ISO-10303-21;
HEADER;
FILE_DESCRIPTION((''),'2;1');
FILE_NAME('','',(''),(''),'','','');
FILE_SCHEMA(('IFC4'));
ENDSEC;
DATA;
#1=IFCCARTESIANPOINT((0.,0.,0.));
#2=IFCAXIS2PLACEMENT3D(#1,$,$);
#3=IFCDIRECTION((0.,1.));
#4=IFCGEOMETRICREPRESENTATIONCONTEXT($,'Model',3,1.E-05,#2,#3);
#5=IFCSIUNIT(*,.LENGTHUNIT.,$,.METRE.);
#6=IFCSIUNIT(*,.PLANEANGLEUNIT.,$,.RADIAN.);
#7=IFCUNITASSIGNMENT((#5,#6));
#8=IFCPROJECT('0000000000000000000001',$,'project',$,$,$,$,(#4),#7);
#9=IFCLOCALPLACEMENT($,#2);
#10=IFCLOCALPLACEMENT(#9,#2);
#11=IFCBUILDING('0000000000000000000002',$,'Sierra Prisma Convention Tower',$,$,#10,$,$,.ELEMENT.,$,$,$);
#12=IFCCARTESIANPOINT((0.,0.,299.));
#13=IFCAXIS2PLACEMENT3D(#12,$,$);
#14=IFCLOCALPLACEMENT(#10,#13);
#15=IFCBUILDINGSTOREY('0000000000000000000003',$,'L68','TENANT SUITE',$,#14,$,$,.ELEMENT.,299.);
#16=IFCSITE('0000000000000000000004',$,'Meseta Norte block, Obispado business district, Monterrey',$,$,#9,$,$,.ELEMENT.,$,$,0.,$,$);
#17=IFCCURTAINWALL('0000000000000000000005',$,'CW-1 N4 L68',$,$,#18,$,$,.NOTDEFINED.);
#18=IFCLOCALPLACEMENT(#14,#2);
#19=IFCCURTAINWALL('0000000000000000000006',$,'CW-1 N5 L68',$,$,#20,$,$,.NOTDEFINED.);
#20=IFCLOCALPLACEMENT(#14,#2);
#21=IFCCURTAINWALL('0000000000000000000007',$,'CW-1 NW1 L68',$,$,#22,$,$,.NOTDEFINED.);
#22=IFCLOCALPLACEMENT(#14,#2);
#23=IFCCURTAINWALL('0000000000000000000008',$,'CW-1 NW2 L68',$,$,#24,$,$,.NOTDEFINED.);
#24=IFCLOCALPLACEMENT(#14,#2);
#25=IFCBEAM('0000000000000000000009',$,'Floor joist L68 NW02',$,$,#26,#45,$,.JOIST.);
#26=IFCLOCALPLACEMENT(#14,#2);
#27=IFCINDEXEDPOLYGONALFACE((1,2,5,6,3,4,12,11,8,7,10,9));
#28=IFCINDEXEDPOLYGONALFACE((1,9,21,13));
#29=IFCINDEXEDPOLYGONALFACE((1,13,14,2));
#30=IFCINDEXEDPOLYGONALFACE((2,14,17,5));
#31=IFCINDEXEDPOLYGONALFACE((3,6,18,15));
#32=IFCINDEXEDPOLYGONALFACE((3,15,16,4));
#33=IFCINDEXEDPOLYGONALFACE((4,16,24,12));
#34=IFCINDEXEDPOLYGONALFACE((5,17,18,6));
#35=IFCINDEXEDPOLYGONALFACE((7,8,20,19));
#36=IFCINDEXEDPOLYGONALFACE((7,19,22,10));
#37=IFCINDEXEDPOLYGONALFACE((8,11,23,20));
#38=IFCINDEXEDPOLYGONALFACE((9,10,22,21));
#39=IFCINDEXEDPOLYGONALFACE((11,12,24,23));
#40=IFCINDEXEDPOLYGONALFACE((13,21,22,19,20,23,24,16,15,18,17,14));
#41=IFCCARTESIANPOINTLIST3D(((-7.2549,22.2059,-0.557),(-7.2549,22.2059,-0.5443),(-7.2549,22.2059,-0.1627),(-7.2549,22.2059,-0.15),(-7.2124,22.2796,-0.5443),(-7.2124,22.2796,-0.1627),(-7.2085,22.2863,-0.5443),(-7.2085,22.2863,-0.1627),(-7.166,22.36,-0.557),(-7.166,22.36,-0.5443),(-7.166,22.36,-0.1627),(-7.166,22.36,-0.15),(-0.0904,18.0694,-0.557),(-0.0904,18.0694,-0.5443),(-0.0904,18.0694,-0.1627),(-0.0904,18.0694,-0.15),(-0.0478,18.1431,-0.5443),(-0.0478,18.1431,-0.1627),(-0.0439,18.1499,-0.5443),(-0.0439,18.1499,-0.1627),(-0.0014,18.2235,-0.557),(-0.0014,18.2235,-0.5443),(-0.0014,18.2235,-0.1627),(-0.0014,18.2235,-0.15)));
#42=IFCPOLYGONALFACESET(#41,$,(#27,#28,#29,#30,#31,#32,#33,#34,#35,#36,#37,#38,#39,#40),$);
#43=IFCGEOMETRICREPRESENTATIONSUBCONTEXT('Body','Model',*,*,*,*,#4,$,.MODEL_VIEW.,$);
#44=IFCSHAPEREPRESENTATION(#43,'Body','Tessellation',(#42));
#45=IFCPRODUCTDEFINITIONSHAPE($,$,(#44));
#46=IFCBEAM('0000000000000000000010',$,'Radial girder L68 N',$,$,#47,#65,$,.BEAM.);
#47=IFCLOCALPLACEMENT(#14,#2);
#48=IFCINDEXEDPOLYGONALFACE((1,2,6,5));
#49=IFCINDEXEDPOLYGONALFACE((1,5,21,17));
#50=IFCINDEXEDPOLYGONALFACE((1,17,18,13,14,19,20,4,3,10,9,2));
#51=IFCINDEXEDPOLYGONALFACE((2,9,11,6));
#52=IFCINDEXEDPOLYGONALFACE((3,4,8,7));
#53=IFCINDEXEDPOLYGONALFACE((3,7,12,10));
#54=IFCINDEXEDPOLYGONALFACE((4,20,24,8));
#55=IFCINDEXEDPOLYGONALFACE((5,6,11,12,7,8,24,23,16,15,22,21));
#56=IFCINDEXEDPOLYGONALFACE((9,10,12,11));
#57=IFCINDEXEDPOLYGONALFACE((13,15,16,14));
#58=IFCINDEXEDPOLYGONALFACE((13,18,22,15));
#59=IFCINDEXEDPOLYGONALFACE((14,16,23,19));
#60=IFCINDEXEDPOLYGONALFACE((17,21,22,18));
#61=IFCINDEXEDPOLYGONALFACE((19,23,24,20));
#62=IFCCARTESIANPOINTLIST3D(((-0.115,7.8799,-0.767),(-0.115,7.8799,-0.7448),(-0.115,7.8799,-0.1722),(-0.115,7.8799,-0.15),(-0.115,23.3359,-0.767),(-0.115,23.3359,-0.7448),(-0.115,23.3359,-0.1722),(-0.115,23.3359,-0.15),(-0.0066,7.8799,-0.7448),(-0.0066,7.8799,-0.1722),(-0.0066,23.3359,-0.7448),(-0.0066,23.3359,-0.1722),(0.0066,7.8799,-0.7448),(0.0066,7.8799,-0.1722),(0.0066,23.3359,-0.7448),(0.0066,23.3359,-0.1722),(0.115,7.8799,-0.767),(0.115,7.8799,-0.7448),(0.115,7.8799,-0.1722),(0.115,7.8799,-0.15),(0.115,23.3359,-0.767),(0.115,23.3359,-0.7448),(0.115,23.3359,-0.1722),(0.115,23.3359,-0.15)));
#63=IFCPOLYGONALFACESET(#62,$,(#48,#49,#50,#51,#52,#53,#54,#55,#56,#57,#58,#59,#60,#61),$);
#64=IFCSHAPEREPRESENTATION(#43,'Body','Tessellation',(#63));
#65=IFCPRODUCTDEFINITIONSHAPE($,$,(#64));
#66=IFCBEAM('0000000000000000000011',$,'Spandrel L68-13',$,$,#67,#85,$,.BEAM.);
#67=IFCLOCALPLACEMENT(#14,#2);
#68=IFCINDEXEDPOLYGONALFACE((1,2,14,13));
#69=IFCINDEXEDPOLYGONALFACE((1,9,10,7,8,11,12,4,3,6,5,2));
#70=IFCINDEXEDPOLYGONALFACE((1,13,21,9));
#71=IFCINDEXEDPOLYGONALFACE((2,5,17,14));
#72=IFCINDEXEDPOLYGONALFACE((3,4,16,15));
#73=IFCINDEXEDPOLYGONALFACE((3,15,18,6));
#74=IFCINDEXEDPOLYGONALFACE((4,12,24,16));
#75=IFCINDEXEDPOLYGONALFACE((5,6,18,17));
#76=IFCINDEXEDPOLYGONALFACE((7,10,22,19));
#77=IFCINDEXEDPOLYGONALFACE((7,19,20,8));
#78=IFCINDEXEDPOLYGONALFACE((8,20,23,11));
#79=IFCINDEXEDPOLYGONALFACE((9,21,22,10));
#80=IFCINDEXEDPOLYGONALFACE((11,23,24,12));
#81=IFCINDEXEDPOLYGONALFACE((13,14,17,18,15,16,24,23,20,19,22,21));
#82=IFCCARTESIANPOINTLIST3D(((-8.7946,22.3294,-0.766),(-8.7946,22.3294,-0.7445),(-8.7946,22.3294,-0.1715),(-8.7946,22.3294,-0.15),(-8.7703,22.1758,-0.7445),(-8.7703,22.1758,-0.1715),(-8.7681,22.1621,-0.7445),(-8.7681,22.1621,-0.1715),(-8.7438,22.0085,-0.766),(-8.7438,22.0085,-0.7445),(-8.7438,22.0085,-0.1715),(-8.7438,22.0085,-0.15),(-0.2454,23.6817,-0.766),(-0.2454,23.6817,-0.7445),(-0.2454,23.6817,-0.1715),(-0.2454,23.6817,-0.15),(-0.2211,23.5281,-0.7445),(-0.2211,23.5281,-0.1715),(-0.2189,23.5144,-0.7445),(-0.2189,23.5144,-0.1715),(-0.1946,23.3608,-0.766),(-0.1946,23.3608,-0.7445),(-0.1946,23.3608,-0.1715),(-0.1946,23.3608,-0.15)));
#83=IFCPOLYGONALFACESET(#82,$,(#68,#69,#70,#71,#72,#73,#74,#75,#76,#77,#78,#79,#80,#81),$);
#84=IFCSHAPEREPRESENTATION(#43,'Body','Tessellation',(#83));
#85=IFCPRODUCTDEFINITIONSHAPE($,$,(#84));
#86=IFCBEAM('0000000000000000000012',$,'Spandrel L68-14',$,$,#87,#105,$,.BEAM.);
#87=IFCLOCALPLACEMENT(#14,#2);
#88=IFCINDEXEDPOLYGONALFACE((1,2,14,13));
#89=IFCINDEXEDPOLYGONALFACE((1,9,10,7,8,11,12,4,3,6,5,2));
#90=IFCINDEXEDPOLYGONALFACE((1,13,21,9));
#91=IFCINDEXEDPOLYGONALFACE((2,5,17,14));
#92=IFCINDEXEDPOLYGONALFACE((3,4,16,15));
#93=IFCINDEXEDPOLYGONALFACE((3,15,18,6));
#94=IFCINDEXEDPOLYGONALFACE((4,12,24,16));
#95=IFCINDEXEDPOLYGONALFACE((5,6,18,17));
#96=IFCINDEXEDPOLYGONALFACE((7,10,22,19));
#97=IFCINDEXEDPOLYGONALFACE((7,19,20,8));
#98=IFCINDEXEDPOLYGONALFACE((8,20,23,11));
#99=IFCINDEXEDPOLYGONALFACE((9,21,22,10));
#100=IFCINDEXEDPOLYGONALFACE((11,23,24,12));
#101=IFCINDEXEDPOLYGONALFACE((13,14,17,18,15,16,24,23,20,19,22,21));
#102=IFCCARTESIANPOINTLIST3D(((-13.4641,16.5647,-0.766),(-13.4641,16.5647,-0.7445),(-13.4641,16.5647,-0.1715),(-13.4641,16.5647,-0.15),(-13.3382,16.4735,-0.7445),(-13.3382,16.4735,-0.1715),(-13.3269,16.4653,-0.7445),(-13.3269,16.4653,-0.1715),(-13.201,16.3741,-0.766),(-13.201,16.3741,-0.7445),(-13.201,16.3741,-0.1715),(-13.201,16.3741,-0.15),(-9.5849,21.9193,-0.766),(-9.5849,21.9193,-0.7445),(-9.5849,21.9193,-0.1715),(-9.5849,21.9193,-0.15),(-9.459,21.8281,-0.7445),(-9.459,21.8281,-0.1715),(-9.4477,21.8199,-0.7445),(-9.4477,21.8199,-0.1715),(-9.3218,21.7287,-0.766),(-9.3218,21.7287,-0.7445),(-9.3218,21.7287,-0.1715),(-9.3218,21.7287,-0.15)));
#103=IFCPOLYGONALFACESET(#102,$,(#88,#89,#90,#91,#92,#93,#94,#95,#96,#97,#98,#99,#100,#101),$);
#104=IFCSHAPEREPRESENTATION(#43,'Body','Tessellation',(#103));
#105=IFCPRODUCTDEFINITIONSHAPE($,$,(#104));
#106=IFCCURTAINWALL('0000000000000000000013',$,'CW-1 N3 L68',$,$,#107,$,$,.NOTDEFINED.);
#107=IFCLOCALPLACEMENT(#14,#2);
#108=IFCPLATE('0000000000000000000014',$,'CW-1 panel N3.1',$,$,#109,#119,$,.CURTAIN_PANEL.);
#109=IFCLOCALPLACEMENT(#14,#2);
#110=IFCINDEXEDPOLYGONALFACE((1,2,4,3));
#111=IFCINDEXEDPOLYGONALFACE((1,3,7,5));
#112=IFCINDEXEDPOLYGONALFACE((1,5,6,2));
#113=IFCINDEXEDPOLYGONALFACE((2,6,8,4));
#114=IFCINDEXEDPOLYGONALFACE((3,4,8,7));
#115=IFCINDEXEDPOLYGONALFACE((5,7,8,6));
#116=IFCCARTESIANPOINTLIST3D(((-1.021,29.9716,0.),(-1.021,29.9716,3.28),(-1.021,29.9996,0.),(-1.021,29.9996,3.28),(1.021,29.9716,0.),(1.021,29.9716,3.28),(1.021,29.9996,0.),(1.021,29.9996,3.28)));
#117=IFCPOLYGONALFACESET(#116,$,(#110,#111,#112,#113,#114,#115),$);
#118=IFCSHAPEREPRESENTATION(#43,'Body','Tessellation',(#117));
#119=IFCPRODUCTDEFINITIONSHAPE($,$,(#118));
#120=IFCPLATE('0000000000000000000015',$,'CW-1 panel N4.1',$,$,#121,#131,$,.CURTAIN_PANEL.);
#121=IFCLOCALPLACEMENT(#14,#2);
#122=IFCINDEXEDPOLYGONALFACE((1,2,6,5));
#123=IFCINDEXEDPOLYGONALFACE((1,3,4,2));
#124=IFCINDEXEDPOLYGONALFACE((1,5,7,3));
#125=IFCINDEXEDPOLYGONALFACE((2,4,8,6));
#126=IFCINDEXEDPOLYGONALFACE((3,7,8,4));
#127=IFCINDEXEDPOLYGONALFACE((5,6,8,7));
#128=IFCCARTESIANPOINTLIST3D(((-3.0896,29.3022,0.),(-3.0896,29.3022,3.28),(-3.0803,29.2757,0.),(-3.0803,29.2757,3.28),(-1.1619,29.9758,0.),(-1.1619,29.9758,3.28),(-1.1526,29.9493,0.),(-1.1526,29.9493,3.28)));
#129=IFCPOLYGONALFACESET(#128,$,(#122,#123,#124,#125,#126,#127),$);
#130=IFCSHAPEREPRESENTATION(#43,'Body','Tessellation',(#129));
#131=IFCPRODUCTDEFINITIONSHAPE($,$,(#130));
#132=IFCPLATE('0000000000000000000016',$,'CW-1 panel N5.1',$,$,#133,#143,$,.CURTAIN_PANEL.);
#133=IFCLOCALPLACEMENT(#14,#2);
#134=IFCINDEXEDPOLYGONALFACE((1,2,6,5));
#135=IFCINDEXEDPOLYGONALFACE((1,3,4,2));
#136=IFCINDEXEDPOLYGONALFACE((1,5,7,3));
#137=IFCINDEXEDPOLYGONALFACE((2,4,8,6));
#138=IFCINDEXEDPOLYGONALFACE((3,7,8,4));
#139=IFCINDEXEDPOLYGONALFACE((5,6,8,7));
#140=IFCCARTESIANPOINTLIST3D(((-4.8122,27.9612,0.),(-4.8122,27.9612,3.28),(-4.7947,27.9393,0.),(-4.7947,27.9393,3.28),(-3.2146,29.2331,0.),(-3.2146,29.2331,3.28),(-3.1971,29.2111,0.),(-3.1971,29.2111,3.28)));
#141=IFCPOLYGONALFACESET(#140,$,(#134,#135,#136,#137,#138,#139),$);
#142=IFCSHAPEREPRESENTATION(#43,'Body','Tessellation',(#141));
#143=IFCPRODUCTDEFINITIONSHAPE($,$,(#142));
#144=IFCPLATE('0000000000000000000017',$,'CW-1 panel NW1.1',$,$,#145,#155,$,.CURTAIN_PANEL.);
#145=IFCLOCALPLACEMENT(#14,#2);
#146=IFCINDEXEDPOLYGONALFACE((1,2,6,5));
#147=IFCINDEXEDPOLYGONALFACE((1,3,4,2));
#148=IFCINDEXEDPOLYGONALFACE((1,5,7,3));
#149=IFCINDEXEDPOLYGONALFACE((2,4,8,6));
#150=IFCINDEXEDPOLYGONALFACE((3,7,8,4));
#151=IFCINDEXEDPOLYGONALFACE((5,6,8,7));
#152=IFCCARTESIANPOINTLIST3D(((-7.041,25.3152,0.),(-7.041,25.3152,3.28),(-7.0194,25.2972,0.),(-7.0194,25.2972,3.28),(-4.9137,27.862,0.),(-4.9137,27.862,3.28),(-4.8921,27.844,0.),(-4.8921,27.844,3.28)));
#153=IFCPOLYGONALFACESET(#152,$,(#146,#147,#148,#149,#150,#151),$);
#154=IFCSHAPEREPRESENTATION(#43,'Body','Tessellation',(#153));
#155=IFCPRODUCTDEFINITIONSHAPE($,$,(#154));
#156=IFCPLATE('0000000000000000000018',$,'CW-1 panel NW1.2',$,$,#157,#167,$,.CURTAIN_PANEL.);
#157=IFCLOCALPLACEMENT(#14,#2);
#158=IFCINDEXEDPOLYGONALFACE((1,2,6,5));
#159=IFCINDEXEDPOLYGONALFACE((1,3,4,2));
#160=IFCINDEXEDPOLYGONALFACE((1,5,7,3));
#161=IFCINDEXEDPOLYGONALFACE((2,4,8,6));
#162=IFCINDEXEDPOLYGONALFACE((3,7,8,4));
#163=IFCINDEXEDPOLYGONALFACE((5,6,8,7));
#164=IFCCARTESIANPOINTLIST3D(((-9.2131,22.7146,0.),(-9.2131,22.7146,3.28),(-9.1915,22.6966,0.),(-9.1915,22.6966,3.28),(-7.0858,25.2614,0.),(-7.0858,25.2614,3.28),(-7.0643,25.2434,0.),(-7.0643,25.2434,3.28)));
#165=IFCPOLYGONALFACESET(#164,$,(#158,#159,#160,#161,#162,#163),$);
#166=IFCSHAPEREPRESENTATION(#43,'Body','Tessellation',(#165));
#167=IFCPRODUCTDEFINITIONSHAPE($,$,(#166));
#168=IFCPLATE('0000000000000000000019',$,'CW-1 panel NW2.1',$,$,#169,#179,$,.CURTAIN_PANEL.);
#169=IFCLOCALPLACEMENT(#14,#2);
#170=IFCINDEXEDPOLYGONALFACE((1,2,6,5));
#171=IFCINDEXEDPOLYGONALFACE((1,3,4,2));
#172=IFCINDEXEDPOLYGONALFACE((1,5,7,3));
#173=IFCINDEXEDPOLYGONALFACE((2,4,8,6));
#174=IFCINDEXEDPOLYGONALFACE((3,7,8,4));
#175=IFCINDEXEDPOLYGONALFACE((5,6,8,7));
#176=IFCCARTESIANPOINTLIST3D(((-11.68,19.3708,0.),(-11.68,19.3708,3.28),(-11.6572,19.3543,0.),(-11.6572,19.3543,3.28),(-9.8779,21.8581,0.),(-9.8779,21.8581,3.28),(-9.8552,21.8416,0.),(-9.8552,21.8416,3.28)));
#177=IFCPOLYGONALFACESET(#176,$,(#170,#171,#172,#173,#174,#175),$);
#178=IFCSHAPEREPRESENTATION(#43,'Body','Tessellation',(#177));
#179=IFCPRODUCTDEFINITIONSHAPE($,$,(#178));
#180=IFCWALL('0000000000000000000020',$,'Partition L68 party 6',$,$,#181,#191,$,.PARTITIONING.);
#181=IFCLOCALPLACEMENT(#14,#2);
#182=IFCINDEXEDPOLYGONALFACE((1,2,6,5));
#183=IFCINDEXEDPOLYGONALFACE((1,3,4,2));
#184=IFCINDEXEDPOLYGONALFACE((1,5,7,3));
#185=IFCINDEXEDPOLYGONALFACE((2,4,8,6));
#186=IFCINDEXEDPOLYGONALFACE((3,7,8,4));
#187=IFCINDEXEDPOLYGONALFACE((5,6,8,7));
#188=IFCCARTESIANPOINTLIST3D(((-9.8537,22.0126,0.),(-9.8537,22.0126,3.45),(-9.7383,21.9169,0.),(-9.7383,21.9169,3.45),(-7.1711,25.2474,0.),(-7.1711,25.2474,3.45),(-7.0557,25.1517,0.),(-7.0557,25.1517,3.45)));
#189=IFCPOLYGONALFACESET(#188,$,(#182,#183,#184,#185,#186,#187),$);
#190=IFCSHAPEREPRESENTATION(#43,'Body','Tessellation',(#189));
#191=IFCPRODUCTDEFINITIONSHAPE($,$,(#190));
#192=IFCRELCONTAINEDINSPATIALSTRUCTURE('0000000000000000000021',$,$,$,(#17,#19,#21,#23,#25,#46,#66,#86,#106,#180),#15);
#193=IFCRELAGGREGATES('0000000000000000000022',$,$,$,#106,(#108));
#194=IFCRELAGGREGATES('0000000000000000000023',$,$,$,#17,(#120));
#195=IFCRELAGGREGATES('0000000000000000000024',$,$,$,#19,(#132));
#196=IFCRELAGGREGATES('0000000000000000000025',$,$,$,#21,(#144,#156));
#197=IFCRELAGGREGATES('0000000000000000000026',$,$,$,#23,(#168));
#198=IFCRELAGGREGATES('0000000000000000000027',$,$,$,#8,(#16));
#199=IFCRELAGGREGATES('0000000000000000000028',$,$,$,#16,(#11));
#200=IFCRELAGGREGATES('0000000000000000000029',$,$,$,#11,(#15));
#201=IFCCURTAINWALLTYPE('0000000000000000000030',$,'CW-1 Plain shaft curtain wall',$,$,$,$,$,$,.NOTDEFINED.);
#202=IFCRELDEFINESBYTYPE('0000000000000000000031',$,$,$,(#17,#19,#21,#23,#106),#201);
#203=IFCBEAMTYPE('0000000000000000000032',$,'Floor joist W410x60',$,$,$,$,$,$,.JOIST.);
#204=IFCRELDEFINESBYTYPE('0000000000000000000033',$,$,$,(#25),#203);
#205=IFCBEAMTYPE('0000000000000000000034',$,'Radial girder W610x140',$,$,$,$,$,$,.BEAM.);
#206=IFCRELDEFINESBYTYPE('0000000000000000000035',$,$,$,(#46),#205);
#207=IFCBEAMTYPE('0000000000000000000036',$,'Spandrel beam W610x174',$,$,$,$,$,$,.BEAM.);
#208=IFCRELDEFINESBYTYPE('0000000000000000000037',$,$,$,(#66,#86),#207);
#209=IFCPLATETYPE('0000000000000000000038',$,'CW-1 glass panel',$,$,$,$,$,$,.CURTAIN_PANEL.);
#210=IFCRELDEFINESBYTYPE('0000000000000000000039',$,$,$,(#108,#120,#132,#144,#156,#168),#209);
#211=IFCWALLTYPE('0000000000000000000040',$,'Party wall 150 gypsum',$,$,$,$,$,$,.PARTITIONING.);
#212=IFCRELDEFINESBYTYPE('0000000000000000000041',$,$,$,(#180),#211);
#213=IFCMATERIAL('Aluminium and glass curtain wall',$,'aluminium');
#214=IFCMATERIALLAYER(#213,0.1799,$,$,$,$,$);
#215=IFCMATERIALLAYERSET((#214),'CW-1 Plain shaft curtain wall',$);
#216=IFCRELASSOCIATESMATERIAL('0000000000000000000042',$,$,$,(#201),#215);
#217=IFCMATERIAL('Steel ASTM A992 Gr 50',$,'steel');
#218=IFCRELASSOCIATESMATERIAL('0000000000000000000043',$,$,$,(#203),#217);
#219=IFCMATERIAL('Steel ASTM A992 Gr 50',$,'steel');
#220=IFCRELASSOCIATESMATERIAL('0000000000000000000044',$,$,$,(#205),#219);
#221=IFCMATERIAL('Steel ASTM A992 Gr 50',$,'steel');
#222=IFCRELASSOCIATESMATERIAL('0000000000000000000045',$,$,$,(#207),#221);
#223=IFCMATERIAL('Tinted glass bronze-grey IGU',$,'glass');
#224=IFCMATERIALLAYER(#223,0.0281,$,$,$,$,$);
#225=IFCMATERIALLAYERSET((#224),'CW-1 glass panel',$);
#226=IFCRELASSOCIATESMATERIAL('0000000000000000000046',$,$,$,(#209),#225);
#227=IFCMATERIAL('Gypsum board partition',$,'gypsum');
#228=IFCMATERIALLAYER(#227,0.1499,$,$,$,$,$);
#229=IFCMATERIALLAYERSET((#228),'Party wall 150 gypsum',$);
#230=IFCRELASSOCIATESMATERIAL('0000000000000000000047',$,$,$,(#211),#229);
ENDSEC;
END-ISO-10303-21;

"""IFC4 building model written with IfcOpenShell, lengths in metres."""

from ifc_helpers import new_model, si_unit, direction, frame, frame_2d, origin, origin_2d, place, context, subcontext, project, spatial, rectangle, i_section, extrude, material, layer, layer_set, material_profile, profile_set, type_object, element, aggregate, save


model = new_model("IFC4")

# Units and contexts
model_context = context("Model", 3, precision=1e-05, world=origin(), true_north=direction((0.0, 1.0)))
body_context = subcontext(model_context, "Body", "Model", "MODEL_VIEW")
ifc_project = project(units=[si_unit("LENGTHUNIT", "METRE"), si_unit("PLANEANGLEUNIT", "RADIAN")], contexts=[model_context])

# Site, building, storey
site_placement = place(None, origin())
site = spatial("IfcSite", under=ifc_project, at=site_placement, Name="Meseta Norte block, Obispado business district, Monterrey", CompositionType="ELEMENT", RefElevation=0.0)
building_placement = place(site_placement, origin())
building = spatial("IfcBuilding", under=site, at=building_placement, Name="Sierra Prisma Convention Tower", CompositionType="ELEMENT")
storey_placement = place(building_placement, frame((0.0, 0.0, 299.0)))
storey = spatial("IfcBuildingStorey", under=building, at=storey_placement, Name="L68", Description="TENANT SUITE", CompositionType="ELEMENT", Elevation=299.0)

# Curtain walls
ifc_material_1 = material(Name="Aluminium and glass curtain wall", Category="aluminium")
ifc_layer_1 = layer(ifc_material_1, 0.1799)
ifc_layer_set_1 = layer_set([ifc_layer_1], Name="CW-1 Plain shaft curtain wall")
curtain_wall_type = type_object("IfcCurtainWallType", Name="CW-1 Plain shaft curtain wall", PredefinedType="NOTDEFINED", material=ifc_layer_set_1)
curtain_wall_1_placement = place(storey_placement, origin())
curtain_wall_1 = element("IfcCurtainWall", 1, at=curtain_wall_1_placement, inside=storey, type_object=curtain_wall_type, Name="CW-1 N4 L68", PredefinedType="NOTDEFINED")
curtain_wall_2_placement = place(storey_placement, origin())
curtain_wall_2 = element("IfcCurtainWall", 2, at=curtain_wall_2_placement, inside=storey, type_object=curtain_wall_type, Name="CW-1 N5 L68", PredefinedType="NOTDEFINED")

# Curtain wall
curtain_wall_3_placement = place(storey_placement, origin())
curtain_wall_3 = element("IfcCurtainWall", 3, at=curtain_wall_3_placement, inside=storey, type_object=curtain_wall_type, Name="CW-1 NW1 L68", PredefinedType="NOTDEFINED")

# Curtain wall
curtain_wall_4_placement = place(storey_placement, origin())
curtain_wall_4 = element("IfcCurtainWall", 4, at=curtain_wall_4_placement, inside=storey, type_object=curtain_wall_type, Name="CW-1 NW2 L68", PredefinedType="NOTDEFINED")

# Beams
ifc_material_2 = material(Name="Steel ASTM A992 Gr 50", Category="steel")
ifc_material_profile_1 = material_profile(ifc_material_2, i_section(OverallWidth=0.178, OverallDepth=0.407, WebThickness=0.0078, FlangeThickness=0.0127, at=origin_2d()), Name="W410x60")
ifc_profile_set_1 = profile_set([ifc_material_profile_1], Name="Steel ASTM A992 Gr 50")
beam_type_1 = type_object("IfcBeamType", Name="Floor joist W410x60", PredefinedType="JOIST", material=ifc_profile_set_1)
beam_1_placement = place(storey_placement, frame((-7.2104, 22.283, -0.3535), z_axis=(0.866024, -0.500002, 0.0), x_axis=(0.500002, 0.866024, 0.0)))
element("IfcBeam", 5, at=beam_1_placement, inside=storey, type_object=beam_type_1, Name="Floor joist L68 NW02", PredefinedType="JOIST", context=body_context, shape_type="SweptSolid", body=[
    extrude(i_section(OverallWidth=0.178, OverallDepth=0.407, WebThickness=0.0078, FlangeThickness=0.0127, at=origin_2d()), origin(), (0.0, 0.0, 1.0), 8.2729),
])
ifc_material_3 = material(Name="Steel ASTM A992 Gr 50", Category="steel")
ifc_material_profile_2 = material_profile(ifc_material_3, i_section(OverallWidth=0.23, OverallDepth=0.6169, WebThickness=0.0132, FlangeThickness=0.0222, at=origin_2d()), Name="W610x140")
ifc_profile_set_2 = profile_set([ifc_material_profile_2], Name="Steel ASTM A992 Gr 50")
beam_type_2 = type_object("IfcBeamType", Name="Radial girder W610x140", PredefinedType="BEAM", material=ifc_profile_set_2)
beam_2_placement = place(storey_placement, frame((0.0, 23.3359, -0.4585), z_axis=(0.0, -1.0, 0.0), x_axis=(1.0, 0.0, 0.0)))
element("IfcBeam", 6, at=beam_2_placement, inside=storey, type_object=beam_type_2, Name="Radial girder L68 N", PredefinedType="BEAM", context=body_context, shape_type="SweptSolid", body=[
    extrude(i_section(OverallWidth=0.23, OverallDepth=0.6169, WebThickness=0.0132, FlangeThickness=0.0222, at=origin_2d()), origin(), (0.0, 0.0, 1.0), 15.4561),
])
ifc_material_4 = material(Name="Steel ASTM A992 Gr 50", Category="steel")
ifc_material_profile_3 = material_profile(ifc_material_4, i_section(OverallWidth=0.325, OverallDepth=0.616, WebThickness=0.0139, FlangeThickness=0.0215, at=origin_2d()), Name="W610x174")
ifc_profile_set_3 = profile_set([ifc_material_profile_3], Name="Steel ASTM A992 Gr 50")
beam_type_3 = type_object("IfcBeamType", Name="Spandrel beam W610x174", PredefinedType="BEAM", material=ifc_profile_set_3)
beam_3_placement = place(storey_placement, frame((-0.22, 23.5212, -0.458), z_axis=(-0.98772, -0.156233, 0.0), x_axis=(0.156233, -0.98772, 0.0)))
element("IfcBeam", 7, at=beam_3_placement, inside=storey, type_object=beam_type_3, Name="Spandrel L68-13", PredefinedType="BEAM", context=body_context, shape_type="SweptSolid", body=[
    extrude(i_section(OverallWidth=0.325, OverallDepth=0.616, WebThickness=0.0139, FlangeThickness=0.0215, at=origin_2d()), origin(), (0.0, 0.0, 1.0), 8.6555),
])
beam_4_placement = place(storey_placement, frame((-9.4534, 21.824, -0.458), z_axis=(-0.586684, -0.809816, 0.0), x_axis=(0.809816, -0.586684, 0.0)))
element("IfcBeam", 8, at=beam_4_placement, inside=storey, type_object=beam_type_3, Name="Spandrel L68-14", PredefinedType="BEAM", context=body_context, shape_type="SweptSolid", body=[
    extrude(i_section(OverallWidth=0.325, OverallDepth=0.616, WebThickness=0.0139, FlangeThickness=0.0215, at=origin_2d()), origin(), (0.0, 0.0, 1.0), 6.6121),
])

# Curtain wall, plate
curtain_wall_5_placement = place(storey_placement, origin())
curtain_wall_5 = element("IfcCurtainWall", 9, at=curtain_wall_5_placement, inside=storey, type_object=curtain_wall_type, Name="CW-1 N3 L68", PredefinedType="NOTDEFINED")
ifc_material_5 = material(Name="Tinted glass bronze-grey IGU", Category="glass")
ifc_layer_2 = layer(ifc_material_5, 0.0281)
ifc_layer_set_2 = layer_set([ifc_layer_2], Name="CW-1 glass panel")
plate_type = type_object("IfcPlateType", Name="CW-1 glass panel", PredefinedType="CURTAIN_PANEL", material=ifc_layer_set_2)
plate_1_placement = place(storey_placement, frame((0.0, 29.9856, 0.0), z_axis=(0.0, 0.0, 1.0), x_axis=(-1.0, 0.0, 0.0)))
plate_1 = element("IfcPlate", 10, at=plate_1_placement, type_object=plate_type, Name="CW-1 panel N3.1", PredefinedType="CURTAIN_PANEL", context=body_context, shape_type="SweptSolid", body=[
    extrude(rectangle(XDim=2.042, YDim=0.0281, at=origin_2d()), origin(), (0.0, 0.0, 1.0), 3.28),
])
aggregate(curtain_wall_5, [plate_1])

# Plates
plate_2_placement = place(storey_placement, frame((-2.1211, 29.6257, 0.0), z_axis=(0.0, 0.0, 1.0), x_axis=(-0.94402, -0.329887, 0.0)))
plate_2 = element("IfcPlate", 11, at=plate_2_placement, type_object=plate_type, Name="CW-1 panel N4.1", PredefinedType="CURTAIN_PANEL", context=body_context, shape_type="SweptSolid", body=[
    extrude(rectangle(XDim=2.042, YDim=0.0281, at=origin_2d()), origin(), (0.0, 0.0, 1.0), 3.28),
])
aggregate(curtain_wall_1, [plate_2])
plate_3_placement = place(storey_placement, frame((-4.0046, 28.5862, 0.0), z_axis=(0.0, 0.0, 1.0), x_axis=(-0.782348, -0.622841, 0.0)))
plate_3 = element("IfcPlate", 12, at=plate_3_placement, type_object=plate_type, Name="CW-1 panel N5.1", PredefinedType="CURTAIN_PANEL", context=body_context, shape_type="SweptSolid", body=[
    extrude(rectangle(XDim=2.042, YDim=0.0281, at=origin_2d()), origin(), (0.0, 0.0, 1.0), 3.28),
])
aggregate(curtain_wall_2, [plate_3])
plate_4_placement = place(storey_placement, frame((-5.9666, 26.5796, 0.0), z_axis=(0.0, 0.0, 1.0), x_axis=(-0.64106, -0.76749, 0.0)))
plate_4 = element("IfcPlate", 13, at=plate_4_placement, type_object=plate_type, Name="CW-1 panel NW1.1", PredefinedType="CURTAIN_PANEL", context=body_context, shape_type="SweptSolid", body=[
    extrude(rectangle(XDim=3.3184, YDim=0.0281, at=origin_2d()), origin(), (0.0, 0.0, 1.0), 3.28),
])
plate_5_placement = place(storey_placement, frame((-8.1387, 23.979, 0.0), z_axis=(0.0, 0.0, 1.0), x_axis=(-0.64106, -0.76749, 0.0)))
plate_5 = element("IfcPlate", 14, at=plate_5_placement, type_object=plate_type, Name="CW-1 panel NW1.2", PredefinedType="CURTAIN_PANEL", context=body_context, shape_type="SweptSolid", body=[
    extrude(rectangle(XDim=3.3184, YDim=0.0281, at=origin_2d()), origin(), (0.0, 0.0, 1.0), 3.28),
])
aggregate(curtain_wall_3, [plate_4, plate_5])
plate_6_placement = place(storey_placement, frame((-10.7676, 20.6062, 0.0), z_axis=(0.0, 0.0, 1.0), x_axis=(-0.586691, -0.809811, 0.0)))
plate_6 = element("IfcPlate", 15, at=plate_6_placement, type_object=plate_type, Name="CW-1 panel NW2.1", PredefinedType="CURTAIN_PANEL", context=body_context, shape_type="SweptSolid", body=[
    extrude(rectangle(XDim=3.0715, YDim=0.0281, at=origin_2d()), origin(), (0.0, 0.0, 1.0), 3.28),
])
aggregate(curtain_wall_4, [plate_6])

# Wall
ifc_material_6 = material(Name="Gypsum board partition", Category="gypsum")
ifc_layer_3 = layer(ifc_material_6, 0.1499)
ifc_layer_set_3 = layer_set([ifc_layer_3], Name="Party wall 150 gypsum")
wall_type = type_object("IfcWallType", Name="Party wall 150 gypsum", PredefinedType="PARTITIONING", material=ifc_layer_set_3)
wall_placement = place(storey_placement, frame((-9.7959, 21.9648, 0.0), z_axis=(0.0, 0.0, 1.0), x_axis=(0.638343, 0.769752, 0.0)))
element("IfcWall", 16, at=wall_placement, inside=storey, type_object=wall_type, Name="Partition L68 party 6", PredefinedType="PARTITIONING", context=body_context, shape_type="SweptSolid", body=[
    extrude(rectangle(XDim=4.2024, YDim=0.1499, at=frame_2d((2.1011, 0.0))), origin(), (0.0, 0.0, 1.0), 3.45),
])

save(model, "model.ifc")
